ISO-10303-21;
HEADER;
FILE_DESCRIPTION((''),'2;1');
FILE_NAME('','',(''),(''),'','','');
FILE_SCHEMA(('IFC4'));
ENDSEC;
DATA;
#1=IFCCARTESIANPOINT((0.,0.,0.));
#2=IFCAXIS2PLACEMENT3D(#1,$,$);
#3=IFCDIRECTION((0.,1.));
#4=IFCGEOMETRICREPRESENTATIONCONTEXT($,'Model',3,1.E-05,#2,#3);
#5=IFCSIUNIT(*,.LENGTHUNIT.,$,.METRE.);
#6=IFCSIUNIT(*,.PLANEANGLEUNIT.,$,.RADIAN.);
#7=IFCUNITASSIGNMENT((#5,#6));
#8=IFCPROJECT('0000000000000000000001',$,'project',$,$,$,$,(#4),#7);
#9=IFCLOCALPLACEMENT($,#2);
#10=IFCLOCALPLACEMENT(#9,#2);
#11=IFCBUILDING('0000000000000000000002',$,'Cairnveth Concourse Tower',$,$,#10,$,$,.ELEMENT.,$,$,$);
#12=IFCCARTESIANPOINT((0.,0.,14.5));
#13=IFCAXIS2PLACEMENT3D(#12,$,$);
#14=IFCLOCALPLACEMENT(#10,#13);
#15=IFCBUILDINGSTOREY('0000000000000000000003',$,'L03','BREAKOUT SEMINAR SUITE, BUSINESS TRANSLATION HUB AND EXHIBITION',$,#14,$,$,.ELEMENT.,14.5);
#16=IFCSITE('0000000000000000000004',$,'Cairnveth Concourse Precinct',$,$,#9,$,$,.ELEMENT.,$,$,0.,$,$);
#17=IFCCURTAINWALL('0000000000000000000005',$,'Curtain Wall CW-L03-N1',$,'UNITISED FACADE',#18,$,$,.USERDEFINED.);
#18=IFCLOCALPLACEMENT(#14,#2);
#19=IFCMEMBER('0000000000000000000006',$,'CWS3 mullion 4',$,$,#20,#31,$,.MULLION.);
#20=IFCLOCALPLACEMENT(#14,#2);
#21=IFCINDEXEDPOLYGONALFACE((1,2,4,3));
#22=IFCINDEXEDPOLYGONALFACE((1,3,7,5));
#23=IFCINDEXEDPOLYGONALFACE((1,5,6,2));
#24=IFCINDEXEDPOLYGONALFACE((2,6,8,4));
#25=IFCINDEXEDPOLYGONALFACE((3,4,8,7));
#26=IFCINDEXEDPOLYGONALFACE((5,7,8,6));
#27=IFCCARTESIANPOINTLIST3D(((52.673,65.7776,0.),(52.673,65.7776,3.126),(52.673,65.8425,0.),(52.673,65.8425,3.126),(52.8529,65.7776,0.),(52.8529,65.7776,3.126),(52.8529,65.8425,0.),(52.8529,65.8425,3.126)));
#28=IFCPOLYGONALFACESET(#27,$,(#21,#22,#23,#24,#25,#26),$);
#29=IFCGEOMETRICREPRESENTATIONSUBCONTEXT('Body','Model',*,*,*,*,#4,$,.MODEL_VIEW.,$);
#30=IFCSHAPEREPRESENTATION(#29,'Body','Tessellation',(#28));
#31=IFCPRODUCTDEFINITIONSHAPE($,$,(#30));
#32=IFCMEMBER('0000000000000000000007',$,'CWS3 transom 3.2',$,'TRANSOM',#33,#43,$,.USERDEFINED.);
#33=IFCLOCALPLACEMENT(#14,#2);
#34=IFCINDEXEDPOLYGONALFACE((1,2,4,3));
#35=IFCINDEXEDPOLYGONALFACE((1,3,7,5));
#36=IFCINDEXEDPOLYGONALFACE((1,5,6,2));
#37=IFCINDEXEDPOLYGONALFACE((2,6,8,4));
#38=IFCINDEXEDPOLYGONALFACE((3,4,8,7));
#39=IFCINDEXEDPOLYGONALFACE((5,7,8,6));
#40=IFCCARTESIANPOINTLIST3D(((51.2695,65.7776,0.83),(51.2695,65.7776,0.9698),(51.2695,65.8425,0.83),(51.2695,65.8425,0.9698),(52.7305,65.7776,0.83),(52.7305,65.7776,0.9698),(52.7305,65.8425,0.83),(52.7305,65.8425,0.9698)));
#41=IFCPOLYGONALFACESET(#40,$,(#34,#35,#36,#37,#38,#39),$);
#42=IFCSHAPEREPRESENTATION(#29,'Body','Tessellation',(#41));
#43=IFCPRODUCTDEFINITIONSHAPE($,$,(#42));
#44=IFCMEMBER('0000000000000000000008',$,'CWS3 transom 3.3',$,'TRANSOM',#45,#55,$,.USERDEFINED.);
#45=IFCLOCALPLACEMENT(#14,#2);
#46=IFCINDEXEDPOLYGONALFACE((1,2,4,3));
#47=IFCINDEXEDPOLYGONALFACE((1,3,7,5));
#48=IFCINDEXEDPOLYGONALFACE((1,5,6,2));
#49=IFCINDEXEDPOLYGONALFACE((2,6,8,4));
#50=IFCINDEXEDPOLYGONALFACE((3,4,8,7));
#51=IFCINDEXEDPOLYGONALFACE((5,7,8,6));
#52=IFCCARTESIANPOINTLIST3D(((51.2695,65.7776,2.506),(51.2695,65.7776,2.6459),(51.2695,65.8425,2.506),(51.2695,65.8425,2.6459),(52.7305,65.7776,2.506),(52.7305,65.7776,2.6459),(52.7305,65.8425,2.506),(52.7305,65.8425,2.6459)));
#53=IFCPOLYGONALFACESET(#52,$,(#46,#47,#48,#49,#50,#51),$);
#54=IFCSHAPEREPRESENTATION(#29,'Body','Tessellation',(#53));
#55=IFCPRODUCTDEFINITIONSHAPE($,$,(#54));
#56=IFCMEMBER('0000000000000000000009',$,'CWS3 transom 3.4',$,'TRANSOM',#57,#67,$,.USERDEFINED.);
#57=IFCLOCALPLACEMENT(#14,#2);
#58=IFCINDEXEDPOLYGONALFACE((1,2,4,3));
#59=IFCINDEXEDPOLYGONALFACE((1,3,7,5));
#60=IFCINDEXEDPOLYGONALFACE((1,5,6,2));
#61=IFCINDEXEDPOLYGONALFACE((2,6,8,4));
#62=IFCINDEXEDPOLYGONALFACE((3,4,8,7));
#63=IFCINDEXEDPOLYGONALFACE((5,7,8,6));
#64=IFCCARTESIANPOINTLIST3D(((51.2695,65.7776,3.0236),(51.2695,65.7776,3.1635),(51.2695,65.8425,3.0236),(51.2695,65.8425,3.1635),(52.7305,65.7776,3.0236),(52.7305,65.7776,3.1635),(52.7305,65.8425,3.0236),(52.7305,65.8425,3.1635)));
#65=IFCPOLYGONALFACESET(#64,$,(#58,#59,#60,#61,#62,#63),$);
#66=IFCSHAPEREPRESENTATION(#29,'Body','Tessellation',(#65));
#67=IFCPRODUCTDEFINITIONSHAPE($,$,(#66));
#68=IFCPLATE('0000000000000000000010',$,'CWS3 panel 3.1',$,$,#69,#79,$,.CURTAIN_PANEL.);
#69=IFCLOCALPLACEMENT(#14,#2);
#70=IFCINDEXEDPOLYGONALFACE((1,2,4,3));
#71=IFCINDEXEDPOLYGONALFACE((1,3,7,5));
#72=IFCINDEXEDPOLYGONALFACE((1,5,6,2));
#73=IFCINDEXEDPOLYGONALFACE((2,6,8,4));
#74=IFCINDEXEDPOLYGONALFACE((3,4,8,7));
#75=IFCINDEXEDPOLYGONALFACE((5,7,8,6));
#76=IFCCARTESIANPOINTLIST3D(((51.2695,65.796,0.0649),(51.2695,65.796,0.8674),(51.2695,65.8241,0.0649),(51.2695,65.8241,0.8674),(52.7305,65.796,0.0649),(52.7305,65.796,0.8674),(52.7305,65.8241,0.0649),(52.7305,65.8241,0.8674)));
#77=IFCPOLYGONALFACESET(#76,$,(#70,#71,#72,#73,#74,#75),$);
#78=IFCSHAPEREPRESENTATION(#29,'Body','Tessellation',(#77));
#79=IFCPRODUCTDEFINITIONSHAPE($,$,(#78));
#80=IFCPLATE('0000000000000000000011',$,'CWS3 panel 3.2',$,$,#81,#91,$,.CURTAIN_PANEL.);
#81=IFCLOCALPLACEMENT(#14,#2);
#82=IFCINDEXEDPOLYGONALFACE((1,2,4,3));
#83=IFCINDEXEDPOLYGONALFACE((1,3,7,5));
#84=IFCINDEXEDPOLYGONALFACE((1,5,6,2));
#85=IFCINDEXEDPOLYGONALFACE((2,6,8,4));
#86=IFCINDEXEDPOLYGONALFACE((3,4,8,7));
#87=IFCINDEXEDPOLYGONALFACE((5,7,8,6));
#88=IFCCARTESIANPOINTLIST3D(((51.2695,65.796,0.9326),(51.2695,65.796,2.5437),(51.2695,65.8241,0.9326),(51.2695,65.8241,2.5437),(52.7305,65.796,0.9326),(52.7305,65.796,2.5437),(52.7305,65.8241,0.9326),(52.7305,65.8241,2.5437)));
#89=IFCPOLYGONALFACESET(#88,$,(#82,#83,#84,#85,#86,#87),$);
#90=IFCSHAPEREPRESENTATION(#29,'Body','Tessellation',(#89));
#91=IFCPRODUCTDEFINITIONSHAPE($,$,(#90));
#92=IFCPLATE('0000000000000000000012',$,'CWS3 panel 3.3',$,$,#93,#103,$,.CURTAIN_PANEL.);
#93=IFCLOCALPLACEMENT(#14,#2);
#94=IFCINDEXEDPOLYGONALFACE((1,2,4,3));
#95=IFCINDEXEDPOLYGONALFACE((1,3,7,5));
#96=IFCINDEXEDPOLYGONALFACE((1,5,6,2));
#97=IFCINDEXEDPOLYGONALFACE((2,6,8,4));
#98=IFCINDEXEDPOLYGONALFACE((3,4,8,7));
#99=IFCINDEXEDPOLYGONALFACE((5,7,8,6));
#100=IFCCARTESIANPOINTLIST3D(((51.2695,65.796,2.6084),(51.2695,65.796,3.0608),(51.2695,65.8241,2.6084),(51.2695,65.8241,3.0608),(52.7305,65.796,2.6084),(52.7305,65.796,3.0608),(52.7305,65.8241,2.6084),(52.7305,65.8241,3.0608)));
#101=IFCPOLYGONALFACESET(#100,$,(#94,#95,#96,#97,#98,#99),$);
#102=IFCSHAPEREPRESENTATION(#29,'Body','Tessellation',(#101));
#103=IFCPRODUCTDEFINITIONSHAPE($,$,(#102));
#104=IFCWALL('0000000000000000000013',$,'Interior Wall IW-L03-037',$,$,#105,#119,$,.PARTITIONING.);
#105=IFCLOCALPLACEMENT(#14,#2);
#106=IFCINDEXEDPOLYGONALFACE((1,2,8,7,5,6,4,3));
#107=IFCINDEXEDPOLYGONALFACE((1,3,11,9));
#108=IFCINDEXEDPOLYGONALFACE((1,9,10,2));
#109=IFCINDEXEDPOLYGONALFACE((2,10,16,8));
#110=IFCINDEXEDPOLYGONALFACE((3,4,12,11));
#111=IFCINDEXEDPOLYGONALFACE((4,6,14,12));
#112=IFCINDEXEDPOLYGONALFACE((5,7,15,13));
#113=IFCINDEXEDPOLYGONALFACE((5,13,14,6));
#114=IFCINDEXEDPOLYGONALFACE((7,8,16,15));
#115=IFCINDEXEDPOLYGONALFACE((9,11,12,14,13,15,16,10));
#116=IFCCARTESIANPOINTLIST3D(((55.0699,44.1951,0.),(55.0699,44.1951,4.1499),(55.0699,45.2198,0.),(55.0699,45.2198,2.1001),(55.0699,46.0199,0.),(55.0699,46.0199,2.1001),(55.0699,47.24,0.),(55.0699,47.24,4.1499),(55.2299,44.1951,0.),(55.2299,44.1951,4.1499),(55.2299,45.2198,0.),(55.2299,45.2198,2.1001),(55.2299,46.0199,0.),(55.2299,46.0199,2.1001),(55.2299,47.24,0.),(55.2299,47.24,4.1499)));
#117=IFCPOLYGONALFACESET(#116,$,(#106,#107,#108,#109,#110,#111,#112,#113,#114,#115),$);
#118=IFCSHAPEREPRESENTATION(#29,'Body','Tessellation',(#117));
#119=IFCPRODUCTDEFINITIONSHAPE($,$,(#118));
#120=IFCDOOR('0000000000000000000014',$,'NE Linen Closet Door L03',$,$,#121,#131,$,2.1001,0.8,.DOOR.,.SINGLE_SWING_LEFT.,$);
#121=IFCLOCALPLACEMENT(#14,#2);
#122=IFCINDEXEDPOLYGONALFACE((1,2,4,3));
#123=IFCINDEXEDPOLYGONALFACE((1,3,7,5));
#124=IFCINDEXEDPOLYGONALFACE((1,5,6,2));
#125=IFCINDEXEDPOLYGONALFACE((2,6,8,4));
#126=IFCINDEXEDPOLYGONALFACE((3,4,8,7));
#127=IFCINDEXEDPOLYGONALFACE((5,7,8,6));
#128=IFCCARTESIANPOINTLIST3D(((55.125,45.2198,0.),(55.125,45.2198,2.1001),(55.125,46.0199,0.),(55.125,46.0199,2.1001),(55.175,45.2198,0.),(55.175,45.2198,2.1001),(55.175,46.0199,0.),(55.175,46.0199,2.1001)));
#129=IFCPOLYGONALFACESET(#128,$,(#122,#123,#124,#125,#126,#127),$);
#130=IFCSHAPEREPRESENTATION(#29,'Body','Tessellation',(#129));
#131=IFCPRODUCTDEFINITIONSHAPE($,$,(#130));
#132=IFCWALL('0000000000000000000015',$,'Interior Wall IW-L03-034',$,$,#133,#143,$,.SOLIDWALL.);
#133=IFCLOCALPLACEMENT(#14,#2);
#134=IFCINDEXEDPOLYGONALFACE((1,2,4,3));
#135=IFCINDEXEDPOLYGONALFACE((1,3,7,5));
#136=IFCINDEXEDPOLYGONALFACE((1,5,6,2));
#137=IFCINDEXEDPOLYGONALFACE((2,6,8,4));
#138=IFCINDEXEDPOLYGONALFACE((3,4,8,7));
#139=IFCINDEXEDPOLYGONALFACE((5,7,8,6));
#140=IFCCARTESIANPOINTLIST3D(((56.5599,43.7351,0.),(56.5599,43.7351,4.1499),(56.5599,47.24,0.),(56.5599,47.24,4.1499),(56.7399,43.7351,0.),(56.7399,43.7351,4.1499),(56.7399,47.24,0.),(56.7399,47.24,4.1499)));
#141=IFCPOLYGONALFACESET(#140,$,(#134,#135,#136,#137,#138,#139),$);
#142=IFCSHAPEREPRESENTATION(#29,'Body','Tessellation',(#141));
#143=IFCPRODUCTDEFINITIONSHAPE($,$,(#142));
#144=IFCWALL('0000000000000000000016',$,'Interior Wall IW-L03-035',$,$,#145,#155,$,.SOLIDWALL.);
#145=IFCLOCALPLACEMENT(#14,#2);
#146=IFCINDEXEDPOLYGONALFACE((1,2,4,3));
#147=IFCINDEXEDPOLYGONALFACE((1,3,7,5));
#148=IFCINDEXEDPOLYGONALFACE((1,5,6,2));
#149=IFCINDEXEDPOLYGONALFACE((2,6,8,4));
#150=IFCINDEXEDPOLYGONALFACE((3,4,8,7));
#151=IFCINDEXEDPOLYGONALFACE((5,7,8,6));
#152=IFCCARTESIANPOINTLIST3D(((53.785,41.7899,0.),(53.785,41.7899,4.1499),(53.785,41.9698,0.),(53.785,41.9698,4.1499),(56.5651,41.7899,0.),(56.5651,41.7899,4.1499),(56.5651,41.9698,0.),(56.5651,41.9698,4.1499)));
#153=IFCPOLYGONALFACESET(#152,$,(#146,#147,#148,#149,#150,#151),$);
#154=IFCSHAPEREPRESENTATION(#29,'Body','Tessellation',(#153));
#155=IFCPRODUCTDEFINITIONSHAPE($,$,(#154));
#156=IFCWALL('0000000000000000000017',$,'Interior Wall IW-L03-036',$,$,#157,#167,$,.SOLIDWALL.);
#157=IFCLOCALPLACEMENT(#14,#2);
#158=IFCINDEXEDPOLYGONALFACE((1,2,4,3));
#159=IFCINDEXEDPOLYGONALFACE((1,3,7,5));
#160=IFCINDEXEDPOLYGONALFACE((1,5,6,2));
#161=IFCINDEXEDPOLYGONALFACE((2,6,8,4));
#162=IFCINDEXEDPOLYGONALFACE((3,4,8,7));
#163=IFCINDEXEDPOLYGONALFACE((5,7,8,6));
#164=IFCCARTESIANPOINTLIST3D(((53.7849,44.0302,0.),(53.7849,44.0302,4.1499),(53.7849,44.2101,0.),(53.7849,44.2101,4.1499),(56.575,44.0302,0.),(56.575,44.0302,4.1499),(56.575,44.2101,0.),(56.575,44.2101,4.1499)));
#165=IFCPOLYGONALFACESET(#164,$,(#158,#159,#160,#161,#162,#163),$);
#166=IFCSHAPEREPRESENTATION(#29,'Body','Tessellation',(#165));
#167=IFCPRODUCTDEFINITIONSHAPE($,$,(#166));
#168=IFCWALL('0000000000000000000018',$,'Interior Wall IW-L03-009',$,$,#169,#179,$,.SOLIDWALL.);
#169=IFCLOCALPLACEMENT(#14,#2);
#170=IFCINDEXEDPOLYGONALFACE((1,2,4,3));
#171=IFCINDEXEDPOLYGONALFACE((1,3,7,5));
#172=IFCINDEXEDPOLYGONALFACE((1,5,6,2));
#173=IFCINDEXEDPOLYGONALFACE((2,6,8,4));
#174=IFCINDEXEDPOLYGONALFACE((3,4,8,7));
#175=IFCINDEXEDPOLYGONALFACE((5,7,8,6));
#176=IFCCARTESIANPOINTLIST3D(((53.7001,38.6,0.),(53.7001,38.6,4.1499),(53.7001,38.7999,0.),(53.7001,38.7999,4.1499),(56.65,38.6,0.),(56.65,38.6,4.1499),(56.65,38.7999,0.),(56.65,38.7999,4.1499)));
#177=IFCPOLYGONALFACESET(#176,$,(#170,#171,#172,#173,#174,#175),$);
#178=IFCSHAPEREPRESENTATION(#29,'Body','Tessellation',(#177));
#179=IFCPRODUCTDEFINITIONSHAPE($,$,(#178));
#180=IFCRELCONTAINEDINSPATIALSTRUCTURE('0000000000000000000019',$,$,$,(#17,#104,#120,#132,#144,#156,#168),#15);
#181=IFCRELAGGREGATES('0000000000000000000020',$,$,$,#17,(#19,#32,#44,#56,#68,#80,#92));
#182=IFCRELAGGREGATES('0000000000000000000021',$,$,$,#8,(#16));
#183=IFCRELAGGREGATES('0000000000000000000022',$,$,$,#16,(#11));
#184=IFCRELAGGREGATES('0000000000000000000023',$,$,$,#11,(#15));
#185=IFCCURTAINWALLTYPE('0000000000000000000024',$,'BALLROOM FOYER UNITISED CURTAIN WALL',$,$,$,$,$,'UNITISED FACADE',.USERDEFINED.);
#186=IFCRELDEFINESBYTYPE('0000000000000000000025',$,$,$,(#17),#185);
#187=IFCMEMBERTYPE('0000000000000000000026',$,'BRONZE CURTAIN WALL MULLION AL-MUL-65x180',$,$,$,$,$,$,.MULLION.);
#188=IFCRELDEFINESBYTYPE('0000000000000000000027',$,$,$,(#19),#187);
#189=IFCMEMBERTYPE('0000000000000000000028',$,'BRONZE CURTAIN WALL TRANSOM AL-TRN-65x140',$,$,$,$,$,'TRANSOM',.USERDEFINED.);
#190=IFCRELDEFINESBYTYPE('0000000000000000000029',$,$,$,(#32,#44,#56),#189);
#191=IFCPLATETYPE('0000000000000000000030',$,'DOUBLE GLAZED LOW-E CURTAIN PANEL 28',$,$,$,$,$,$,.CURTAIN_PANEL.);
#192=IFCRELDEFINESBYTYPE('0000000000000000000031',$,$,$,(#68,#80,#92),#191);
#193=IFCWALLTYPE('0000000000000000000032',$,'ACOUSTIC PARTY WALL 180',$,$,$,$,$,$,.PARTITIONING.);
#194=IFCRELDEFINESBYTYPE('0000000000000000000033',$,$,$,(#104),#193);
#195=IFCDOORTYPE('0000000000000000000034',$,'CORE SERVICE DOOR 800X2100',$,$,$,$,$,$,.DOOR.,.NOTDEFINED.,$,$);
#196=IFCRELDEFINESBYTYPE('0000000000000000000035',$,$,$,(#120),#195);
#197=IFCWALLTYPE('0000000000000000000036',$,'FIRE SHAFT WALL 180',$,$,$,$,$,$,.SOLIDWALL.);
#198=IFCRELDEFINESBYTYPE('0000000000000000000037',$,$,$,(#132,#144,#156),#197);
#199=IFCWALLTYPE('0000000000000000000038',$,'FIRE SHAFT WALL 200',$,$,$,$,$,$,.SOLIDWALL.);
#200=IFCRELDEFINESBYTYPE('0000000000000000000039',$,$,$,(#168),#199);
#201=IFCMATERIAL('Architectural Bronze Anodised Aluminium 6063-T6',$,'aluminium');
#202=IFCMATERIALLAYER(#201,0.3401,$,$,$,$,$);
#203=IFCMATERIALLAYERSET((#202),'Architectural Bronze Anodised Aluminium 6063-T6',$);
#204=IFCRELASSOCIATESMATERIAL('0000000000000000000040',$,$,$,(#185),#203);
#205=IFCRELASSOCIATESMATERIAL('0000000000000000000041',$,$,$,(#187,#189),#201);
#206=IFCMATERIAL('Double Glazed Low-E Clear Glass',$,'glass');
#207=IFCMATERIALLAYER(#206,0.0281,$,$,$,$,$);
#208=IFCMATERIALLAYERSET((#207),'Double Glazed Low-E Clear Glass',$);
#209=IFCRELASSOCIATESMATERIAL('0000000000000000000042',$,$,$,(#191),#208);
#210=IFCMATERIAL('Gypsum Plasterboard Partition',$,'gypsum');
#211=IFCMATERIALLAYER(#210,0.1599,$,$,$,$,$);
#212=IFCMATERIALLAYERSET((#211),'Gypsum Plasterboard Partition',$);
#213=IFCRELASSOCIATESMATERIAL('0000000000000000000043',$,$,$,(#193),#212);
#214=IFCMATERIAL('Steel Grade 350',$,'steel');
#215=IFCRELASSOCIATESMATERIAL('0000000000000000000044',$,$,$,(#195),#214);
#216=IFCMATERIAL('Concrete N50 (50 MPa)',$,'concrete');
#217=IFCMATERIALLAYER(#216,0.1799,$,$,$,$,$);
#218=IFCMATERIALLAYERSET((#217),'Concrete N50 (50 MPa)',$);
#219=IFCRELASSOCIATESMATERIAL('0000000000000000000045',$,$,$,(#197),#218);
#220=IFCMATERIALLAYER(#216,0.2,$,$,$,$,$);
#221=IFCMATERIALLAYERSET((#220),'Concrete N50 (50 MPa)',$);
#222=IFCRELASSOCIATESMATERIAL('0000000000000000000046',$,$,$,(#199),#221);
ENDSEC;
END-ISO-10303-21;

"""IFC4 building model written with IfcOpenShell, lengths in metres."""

from ifc_helpers import new_model, si_unit, direction, frame, frame_2d, origin, origin_2d, place, context, subcontext, project, spatial, rectangle, extrude, material, layer, layer_set, material_profile, profile_set, type_object, element, fill, aggregate, save


model = new_model("IFC4")

# Units and contexts
model_context = context("Model", 3, precision=1e-05, world=origin(), true_north=direction((0.0, 1.0)))
body_context = subcontext(model_context, "Body", "Model", "MODEL_VIEW")
ifc_project = project(units=[si_unit("LENGTHUNIT", "METRE"), si_unit("PLANEANGLEUNIT", "RADIAN")], contexts=[model_context])

# Site, building, storey
site_placement = place(None, origin())
site = spatial("IfcSite", under=ifc_project, at=site_placement, Name="Cairnveth Concourse Precinct", CompositionType="ELEMENT", RefElevation=0.0)
building_placement = place(site_placement, origin())
building = spatial("IfcBuilding", under=site, at=building_placement, Name="Cairnveth Concourse Tower", CompositionType="ELEMENT")
storey_placement = place(building_placement, frame((0.0, 0.0, 14.5)))
storey = spatial("IfcBuildingStorey", under=building, at=storey_placement, Name="L03", Description="BREAKOUT SEMINAR SUITE, BUSINESS TRANSLATION HUB AND EXHIBITION", CompositionType="ELEMENT", Elevation=14.5)

# Curtain wall, members, plates
ifc_material_1 = material(Name="Architectural Bronze Anodised Aluminium 6063-T6", Category="aluminium")
ifc_layer_1 = layer(ifc_material_1, 0.3401)
ifc_layer_set_1 = layer_set([ifc_layer_1], Name="Architectural Bronze Anodised Aluminium 6063-T6")
curtain_wall_type = type_object("IfcCurtainWallType", Name="BALLROOM FOYER UNITISED CURTAIN WALL", ElementType="UNITISED FACADE", PredefinedType="USERDEFINED", material=ifc_layer_set_1)
curtain_wall_placement = place(storey_placement, origin())
curtain_wall = element("IfcCurtainWall", 1, at=curtain_wall_placement, inside=storey, type_object=curtain_wall_type, Name="Curtain Wall CW-L03-N1", ObjectType="UNITISED FACADE", PredefinedType="USERDEFINED")
ifc_material_profile_1 = material_profile(ifc_material_1, rectangle(XDim=0.0649, YDim=0.1799, at=origin_2d()), Name="AL-MUL-65x180")
ifc_profile_set_1 = profile_set([ifc_material_profile_1], Name="Architectural Bronze Anodised Aluminium 6063-T6")
member_type_1 = type_object("IfcMemberType", Name="BRONZE CURTAIN WALL MULLION AL-MUL-65x180", PredefinedType="MULLION", material=ifc_profile_set_1)
member_1_placement = place(storey_placement, frame((52.7629, 65.8101, 0.0), z_axis=(0.0, 0.0, 1.0), x_axis=(0.0, 1.0, 0.0)))
member_1 = element("IfcMember", 2, at=member_1_placement, type_object=member_type_1, Name="CWS3 mullion 4", PredefinedType="MULLION", context=body_context, shape_type="SweptSolid", body=[
    extrude(rectangle(XDim=0.0649, YDim=0.1799, at=origin_2d()), origin(), (0.0, 0.0, 1.0), 3.126),
])
ifc_material_profile_2 = material_profile(ifc_material_1, rectangle(XDim=0.0649, YDim=0.1399, at=origin_2d()), Name="AL-TRN-65x140")
ifc_profile_set_2 = profile_set([ifc_material_profile_2], Name="Architectural Bronze Anodised Aluminium 6063-T6")
member_type_2 = type_object("IfcMemberType", Name="BRONZE CURTAIN WALL TRANSOM AL-TRN-65x140", ElementType="TRANSOM", PredefinedType="USERDEFINED", material=ifc_profile_set_2)
member_2_placement = place(storey_placement, frame((51.2695, 65.8101, 0.8999), z_axis=(1.0, 0.0, 0.0), x_axis=(0.0, 1.0, 0.0)))
member_2 = element("IfcMember", 3, at=member_2_placement, type_object=member_type_2, Name="CWS3 transom 3.2", ObjectType="TRANSOM", PredefinedType="USERDEFINED", context=body_context, shape_type="SweptSolid", body=[
    extrude(rectangle(XDim=0.0649, YDim=0.1399, at=origin_2d()), origin(), (0.0, 0.0, 1.0), 1.4609),
])
member_3_placement = place(storey_placement, frame((51.2695, 65.8101, 2.5759), z_axis=(1.0, 0.0, 0.0), x_axis=(0.0, 1.0, 0.0)))
member_3 = element("IfcMember", 4, at=member_3_placement, type_object=member_type_2, Name="CWS3 transom 3.3", ObjectType="TRANSOM", PredefinedType="USERDEFINED", context=body_context, shape_type="SweptSolid", body=[
    extrude(rectangle(XDim=0.0649, YDim=0.1399, at=origin_2d()), origin(), (0.0, 0.0, 1.0), 1.4609),
])
member_4_placement = place(storey_placement, frame((51.2695, 65.8101, 3.0935), z_axis=(1.0, 0.0, 0.0), x_axis=(0.0, 1.0, 0.0)))
member_4 = element("IfcMember", 5, at=member_4_placement, type_object=member_type_2, Name="CWS3 transom 3.4", ObjectType="TRANSOM", PredefinedType="USERDEFINED", context=body_context, shape_type="SweptSolid", body=[
    extrude(rectangle(XDim=0.0649, YDim=0.1399, at=origin_2d()), origin(), (0.0, 0.0, 1.0), 1.4609),
])
ifc_material_2 = material(Name="Double Glazed Low-E Clear Glass", Category="glass")
ifc_layer_2 = layer(ifc_material_2, 0.0281)
ifc_layer_set_2 = layer_set([ifc_layer_2], Name="Double Glazed Low-E Clear Glass")
plate_type = type_object("IfcPlateType", Name="DOUBLE GLAZED LOW-E CURTAIN PANEL 28", PredefinedType="CURTAIN_PANEL", material=ifc_layer_set_2)
plate_1_placement = place(storey_placement, frame((52.0, 65.8101, 0.0649), z_axis=(0.0, 0.0, 1.0), x_axis=(1.0, 0.0, 0.0)))
plate_1 = element("IfcPlate", 6, at=plate_1_placement, type_object=plate_type, Name="CWS3 panel 3.1", PredefinedType="CURTAIN_PANEL", context=body_context, shape_type="SweptSolid", body=[
    extrude(rectangle(XDim=1.4609, YDim=0.0281, at=origin_2d()), origin(), (0.0, 0.0, 1.0), 0.8025),
])
plate_2_placement = place(storey_placement, frame((52.0, 65.8101, 0.9326), z_axis=(0.0, 0.0, 1.0), x_axis=(1.0, 0.0, 0.0)))
plate_2 = element("IfcPlate", 7, at=plate_2_placement, type_object=plate_type, Name="CWS3 panel 3.2", PredefinedType="CURTAIN_PANEL", context=body_context, shape_type="SweptSolid", body=[
    extrude(rectangle(XDim=1.4609, YDim=0.0281, at=origin_2d()), origin(), (0.0, 0.0, 1.0), 1.6111),
])
plate_3_placement = place(storey_placement, frame((52.0, 65.8101, 2.6084), z_axis=(0.0, 0.0, 1.0), x_axis=(1.0, 0.0, 0.0)))
plate_3 = element("IfcPlate", 8, at=plate_3_placement, type_object=plate_type, Name="CWS3 panel 3.3", PredefinedType="CURTAIN_PANEL", context=body_context, shape_type="SweptSolid", body=[
    extrude(rectangle(XDim=1.4609, YDim=0.0281, at=origin_2d()), origin(), (0.0, 0.0, 1.0), 0.4524),
])
aggregate(curtain_wall, [member_1, member_2, member_3, member_4, plate_1, plate_2, plate_3])

# Wall, opening, door
ifc_material_3 = material(Name="Gypsum Plasterboard Partition", Category="gypsum")
ifc_layer_3 = layer(ifc_material_3, 0.1599)
ifc_layer_set_3 = layer_set([ifc_layer_3], Name="Gypsum Plasterboard Partition")
wall_type_1 = type_object("IfcWallType", Name="ACOUSTIC PARTY WALL 180", PredefinedType="PARTITIONING", material=ifc_layer_set_3)
wall_1_placement = place(storey_placement, frame((55.1499, 44.1951, 0.0), z_axis=(0.0, 0.0, 1.0), x_axis=(0.0, 1.0, 0.0)))
wall_1 = element("IfcWall", 9, at=wall_1_placement, inside=storey, type_object=wall_type_1, Name="Interior Wall IW-L03-037", PredefinedType="PARTITIONING", context=body_context, shape_type="SweptSolid", body=[
    extrude(rectangle(XDim=3.0449, YDim=0.1599, at=frame_2d((1.5225, 0.0))), origin(), (0.0, 0.0, 1.0), 4.1499),
])
opening_1_placement = place(wall_1_placement, frame((1.0249, 0.0, 0.0)))
opening_1 = element("IfcOpeningElement", 10, at=opening_1_placement, cuts=wall_1, PredefinedType="OPENING", context=body_context, shape_type="SweptSolid", body=[
    extrude(rectangle(XDim=0.8, YDim=2.1001, at=frame_2d((0.3999, 1.05))), frame((0.0, 0.0898, 0.0), z_axis=(0.0, -1.0, 0.0), x_axis=(1.0, 0.0, 0.0)), (0.0, 0.0, 1.0), 0.1799),
])
ifc_material_4 = material(Name="Steel Grade 350", Category="steel")
door_type_1 = type_object("IfcDoorType", Name="CORE SERVICE DOOR 800X2100", OperationType="NOTDEFINED", PredefinedType="DOOR", material=ifc_material_4)
door_1_placement = place(opening_1_placement, origin())
door_1 = element("IfcDoor", 11, at=door_1_placement, inside=storey, type_object=door_type_1, Name="NE Linen Closet Door L03", OperationType="SINGLE_SWING_LEFT", OverallHeight=2.1001, OverallWidth=0.8, PredefinedType="DOOR", context=body_context, shape_type="SweptSolid", body=[
    extrude(rectangle(XDim=0.8, YDim=2.1001, at=frame_2d((0.3999, 1.05))), frame((0.0, 0.0249, 0.0), z_axis=(0.0, -1.0, 0.0), x_axis=(1.0, 0.0, 0.0)), (0.0, 0.0, 1.0), 0.05),
])
fill(opening_1, door_1)

# Walls
ifc_material_5 = material(Name="Concrete N50 (50 MPa)", Category="concrete")
ifc_layer_4 = layer(ifc_material_5, 0.1799)
ifc_layer_set_4 = layer_set([ifc_layer_4], Name="Concrete N50 (50 MPa)")
wall_type_2 = type_object("IfcWallType", Name="FIRE SHAFT WALL 180", PredefinedType="SOLIDWALL", material=ifc_layer_set_4)
wall_2_placement = place(storey_placement, frame((56.6499, 43.7351, 0.0), z_axis=(0.0, 0.0, 1.0), x_axis=(0.0, 1.0, 0.0)))
element("IfcWall", 12, at=wall_2_placement, inside=storey, type_object=wall_type_2, Name="Interior Wall IW-L03-034", PredefinedType="SOLIDWALL", context=body_context, shape_type="SweptSolid", body=[
    extrude(rectangle(XDim=3.5049, YDim=0.1799, at=frame_2d((1.7524, 0.0))), origin(), (0.0, 0.0, 1.0), 4.1499),
])
wall_3_placement = place(storey_placement, frame((53.7849, 41.8799, 0.0), z_axis=(0.0, 0.0, 1.0), x_axis=(1.0, 0.0, 0.0)))
element("IfcWall", 13, at=wall_3_placement, inside=storey, type_object=wall_type_2, Name="Interior Wall IW-L03-035", PredefinedType="SOLIDWALL", context=body_context, shape_type="SweptSolid", body=[
    extrude(rectangle(XDim=2.78, YDim=0.1799, at=frame_2d((1.3901, 0.0))), origin(), (0.0, 0.0, 1.0), 4.1499),
])
wall_4_placement = place(storey_placement, frame((53.7849, 44.1201, 0.0), z_axis=(0.0, 0.0, 1.0), x_axis=(1.0, 0.0, 0.0)))
element("IfcWall", 14, at=wall_4_placement, inside=storey, type_object=wall_type_2, Name="Interior Wall IW-L03-036", PredefinedType="SOLIDWALL", context=body_context, shape_type="SweptSolid", body=[
    extrude(rectangle(XDim=2.79, YDim=0.1799, at=frame_2d((1.395, 0.0))), origin(), (0.0, 0.0, 1.0), 4.1499),
])
ifc_layer_5 = layer(ifc_material_5, 0.2)
ifc_layer_set_5 = layer_set([ifc_layer_5], Name="Concrete N50 (50 MPa)")
wall_type_3 = type_object("IfcWallType", Name="FIRE SHAFT WALL 200", PredefinedType="SOLIDWALL", material=ifc_layer_set_5)
for number, where, z_axis, x_axis, name in (
    (15, (53.7, 38.7, 0.0), (0.0, 0.0, 1.0), (1.0, 0.0, 0.0), "Interior Wall IW-L03-009"),
):
    element("IfcWall", number, at=place(storey_placement, frame(where, z_axis=z_axis, x_axis=x_axis)), inside=storey, type_object=wall_type_3, Name=name, PredefinedType="SOLIDWALL", context=body_context, shape_type="SweptSolid", body=[
        extrude(rectangle(XDim=2.95, YDim=0.2, at=frame_2d((1.4751, 0.0))), origin(), (0.0, 0.0, 1.0), 4.1499),
    ])

save(model, "model.ifc")
